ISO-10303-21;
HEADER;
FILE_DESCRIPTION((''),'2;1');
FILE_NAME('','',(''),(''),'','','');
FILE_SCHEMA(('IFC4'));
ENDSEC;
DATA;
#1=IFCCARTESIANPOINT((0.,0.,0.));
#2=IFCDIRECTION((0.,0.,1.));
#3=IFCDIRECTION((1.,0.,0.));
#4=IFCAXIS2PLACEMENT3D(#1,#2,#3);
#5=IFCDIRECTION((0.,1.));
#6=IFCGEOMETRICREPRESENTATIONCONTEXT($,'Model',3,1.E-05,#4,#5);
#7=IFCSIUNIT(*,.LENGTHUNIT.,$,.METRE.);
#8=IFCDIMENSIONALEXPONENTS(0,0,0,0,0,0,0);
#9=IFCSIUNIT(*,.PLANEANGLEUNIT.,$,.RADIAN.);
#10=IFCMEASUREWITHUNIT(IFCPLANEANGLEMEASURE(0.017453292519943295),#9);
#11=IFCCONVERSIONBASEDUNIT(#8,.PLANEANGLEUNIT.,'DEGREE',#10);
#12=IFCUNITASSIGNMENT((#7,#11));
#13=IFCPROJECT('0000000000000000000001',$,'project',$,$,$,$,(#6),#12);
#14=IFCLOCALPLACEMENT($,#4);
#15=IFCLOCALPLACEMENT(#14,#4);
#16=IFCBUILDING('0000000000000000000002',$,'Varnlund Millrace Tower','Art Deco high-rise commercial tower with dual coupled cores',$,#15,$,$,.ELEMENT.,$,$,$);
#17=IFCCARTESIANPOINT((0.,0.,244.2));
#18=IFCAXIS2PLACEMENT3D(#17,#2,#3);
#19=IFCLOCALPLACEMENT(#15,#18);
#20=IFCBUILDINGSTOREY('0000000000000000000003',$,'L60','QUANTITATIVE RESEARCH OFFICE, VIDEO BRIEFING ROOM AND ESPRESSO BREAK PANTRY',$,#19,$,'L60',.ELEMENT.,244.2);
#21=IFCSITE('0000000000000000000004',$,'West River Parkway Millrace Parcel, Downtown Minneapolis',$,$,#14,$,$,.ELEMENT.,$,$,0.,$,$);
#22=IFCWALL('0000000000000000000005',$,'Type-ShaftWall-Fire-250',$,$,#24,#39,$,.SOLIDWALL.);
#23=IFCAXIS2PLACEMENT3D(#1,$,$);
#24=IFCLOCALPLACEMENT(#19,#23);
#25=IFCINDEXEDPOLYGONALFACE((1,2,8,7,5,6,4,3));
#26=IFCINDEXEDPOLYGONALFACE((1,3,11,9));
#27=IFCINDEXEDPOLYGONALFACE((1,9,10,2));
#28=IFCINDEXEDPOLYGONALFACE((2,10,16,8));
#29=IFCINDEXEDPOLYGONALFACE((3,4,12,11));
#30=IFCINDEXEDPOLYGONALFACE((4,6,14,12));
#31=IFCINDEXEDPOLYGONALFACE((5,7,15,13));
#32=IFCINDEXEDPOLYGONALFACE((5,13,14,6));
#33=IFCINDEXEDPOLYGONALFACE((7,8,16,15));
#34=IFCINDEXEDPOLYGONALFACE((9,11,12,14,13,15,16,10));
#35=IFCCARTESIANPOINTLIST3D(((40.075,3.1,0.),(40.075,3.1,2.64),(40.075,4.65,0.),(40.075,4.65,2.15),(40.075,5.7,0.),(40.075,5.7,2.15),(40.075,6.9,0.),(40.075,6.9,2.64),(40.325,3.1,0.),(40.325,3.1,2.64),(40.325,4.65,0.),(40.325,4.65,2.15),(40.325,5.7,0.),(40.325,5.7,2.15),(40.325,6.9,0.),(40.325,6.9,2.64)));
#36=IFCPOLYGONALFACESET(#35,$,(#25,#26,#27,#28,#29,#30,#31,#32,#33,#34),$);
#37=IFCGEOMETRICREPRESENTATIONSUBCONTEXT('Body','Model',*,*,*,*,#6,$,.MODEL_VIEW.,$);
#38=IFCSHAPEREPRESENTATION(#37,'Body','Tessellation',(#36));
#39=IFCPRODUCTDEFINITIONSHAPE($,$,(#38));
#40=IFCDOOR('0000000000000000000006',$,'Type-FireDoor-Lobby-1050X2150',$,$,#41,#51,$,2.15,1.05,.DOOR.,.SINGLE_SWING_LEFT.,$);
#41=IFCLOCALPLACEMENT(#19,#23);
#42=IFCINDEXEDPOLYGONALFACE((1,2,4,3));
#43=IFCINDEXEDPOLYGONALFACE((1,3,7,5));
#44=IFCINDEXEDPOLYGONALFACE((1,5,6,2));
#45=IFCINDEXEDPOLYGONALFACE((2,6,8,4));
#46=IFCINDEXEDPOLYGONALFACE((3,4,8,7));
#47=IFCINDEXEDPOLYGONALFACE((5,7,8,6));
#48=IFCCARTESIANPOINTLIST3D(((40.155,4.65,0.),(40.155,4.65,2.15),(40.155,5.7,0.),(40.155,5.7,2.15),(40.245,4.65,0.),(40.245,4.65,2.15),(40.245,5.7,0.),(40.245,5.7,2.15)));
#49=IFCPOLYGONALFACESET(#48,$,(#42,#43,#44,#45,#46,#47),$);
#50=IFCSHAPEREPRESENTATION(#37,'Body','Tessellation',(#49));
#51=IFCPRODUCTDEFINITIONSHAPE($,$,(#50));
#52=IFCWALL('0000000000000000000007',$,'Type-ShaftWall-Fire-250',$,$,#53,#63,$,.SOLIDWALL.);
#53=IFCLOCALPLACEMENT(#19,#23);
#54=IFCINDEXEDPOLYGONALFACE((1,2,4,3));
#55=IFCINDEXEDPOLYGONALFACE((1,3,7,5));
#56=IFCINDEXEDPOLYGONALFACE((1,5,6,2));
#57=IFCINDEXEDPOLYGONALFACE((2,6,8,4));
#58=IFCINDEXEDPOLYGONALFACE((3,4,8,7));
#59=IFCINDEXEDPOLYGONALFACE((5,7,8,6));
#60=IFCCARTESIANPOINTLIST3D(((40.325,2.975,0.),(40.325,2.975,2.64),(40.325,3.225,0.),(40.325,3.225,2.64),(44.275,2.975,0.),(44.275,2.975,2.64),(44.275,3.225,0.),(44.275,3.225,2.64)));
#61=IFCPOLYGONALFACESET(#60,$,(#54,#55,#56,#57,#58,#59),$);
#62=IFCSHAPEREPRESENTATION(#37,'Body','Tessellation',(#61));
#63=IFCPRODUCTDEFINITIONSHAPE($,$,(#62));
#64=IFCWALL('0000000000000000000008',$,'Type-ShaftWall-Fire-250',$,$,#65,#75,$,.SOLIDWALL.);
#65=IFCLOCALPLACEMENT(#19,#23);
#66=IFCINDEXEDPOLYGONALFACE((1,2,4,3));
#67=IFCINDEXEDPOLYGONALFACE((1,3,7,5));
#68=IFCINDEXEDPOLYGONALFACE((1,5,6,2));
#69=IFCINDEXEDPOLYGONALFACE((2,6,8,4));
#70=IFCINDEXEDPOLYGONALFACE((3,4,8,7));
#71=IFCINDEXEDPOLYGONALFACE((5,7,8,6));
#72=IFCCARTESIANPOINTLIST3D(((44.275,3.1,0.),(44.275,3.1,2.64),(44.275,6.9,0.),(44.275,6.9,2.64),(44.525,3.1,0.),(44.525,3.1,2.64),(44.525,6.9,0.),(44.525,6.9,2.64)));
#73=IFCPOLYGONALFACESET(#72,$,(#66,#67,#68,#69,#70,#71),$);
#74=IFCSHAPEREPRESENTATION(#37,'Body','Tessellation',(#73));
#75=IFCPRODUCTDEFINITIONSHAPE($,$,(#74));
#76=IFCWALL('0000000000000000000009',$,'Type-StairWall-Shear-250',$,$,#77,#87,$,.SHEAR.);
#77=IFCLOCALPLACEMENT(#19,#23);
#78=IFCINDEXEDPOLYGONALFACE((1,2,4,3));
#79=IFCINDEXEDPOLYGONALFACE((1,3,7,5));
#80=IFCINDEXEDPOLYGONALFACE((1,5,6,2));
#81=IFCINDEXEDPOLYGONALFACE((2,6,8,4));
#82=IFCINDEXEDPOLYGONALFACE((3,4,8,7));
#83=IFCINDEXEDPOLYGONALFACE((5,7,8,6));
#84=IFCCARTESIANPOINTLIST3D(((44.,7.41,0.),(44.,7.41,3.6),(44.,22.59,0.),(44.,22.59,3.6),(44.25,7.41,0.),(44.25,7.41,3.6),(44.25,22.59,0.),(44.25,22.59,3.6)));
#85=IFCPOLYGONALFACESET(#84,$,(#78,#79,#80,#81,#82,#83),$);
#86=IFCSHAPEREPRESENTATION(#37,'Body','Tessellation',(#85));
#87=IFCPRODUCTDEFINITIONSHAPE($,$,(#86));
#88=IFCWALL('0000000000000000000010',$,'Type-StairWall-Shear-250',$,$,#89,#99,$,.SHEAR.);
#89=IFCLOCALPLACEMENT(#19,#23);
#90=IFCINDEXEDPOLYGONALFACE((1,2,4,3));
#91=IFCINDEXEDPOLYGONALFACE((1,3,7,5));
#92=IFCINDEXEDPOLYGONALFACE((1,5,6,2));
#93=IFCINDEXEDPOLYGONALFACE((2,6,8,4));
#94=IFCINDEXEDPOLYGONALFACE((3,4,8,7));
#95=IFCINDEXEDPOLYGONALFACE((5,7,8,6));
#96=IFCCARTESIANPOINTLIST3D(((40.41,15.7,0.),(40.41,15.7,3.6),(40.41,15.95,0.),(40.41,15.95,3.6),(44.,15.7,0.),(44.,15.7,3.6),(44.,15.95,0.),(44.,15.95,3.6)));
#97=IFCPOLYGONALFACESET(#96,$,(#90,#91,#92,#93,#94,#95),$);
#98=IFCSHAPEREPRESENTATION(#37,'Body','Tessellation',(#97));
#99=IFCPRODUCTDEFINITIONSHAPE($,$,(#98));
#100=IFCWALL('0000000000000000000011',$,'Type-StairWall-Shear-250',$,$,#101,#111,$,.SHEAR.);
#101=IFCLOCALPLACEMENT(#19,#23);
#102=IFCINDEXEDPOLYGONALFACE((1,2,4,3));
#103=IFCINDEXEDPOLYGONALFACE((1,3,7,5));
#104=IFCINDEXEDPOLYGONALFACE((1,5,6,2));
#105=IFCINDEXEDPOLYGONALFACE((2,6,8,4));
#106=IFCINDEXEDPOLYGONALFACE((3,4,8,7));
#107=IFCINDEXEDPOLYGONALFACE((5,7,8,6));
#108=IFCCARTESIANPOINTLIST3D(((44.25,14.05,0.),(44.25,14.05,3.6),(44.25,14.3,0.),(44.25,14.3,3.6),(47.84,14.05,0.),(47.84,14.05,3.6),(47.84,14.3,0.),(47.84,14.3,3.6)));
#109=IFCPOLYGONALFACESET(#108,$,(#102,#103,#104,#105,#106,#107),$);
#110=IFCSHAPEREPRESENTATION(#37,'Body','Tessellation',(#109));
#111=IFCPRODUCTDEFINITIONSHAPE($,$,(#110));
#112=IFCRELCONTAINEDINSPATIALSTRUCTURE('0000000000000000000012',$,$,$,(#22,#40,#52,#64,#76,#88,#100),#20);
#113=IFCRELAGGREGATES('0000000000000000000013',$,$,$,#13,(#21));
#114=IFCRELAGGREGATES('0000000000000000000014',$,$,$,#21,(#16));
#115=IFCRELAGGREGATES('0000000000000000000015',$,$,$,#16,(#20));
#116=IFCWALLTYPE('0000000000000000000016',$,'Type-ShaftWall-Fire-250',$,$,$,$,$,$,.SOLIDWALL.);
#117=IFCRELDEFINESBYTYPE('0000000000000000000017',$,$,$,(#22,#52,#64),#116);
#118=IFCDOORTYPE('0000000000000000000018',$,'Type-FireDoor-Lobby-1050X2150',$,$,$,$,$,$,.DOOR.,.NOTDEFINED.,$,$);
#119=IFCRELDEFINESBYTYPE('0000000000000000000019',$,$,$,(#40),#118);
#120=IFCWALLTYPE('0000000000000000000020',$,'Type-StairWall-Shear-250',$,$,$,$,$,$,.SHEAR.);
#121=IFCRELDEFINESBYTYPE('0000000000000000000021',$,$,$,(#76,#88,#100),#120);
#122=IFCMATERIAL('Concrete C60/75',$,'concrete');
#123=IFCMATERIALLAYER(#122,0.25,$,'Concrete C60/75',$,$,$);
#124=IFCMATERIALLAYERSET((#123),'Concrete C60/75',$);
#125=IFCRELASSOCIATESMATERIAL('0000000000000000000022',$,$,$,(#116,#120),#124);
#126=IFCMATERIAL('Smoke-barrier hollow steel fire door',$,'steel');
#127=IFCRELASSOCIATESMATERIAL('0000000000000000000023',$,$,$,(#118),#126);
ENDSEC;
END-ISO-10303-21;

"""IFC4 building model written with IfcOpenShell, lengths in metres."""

from ifc_helpers import new_model, entity, si_unit, converted_unit, direction, frame, origin_with_axes, origin_2d_with_axis, place, context, subcontext, project, spatial, polyline, rectangle, outline, extrude, material, layer, layer_set, type_object, element, fill, save


model = new_model("IFC4")

# Units and contexts
model_context = context("Model", 3, precision=1e-05, world=origin_with_axes(), true_north=direction((0.0, 1.0)))
body_context = subcontext(model_context, "Body", "Model", "MODEL_VIEW")
ifc_project = project(units=[si_unit("LENGTHUNIT", "METRE"), converted_unit("PLANEANGLEUNIT", "DEGREE", entity("IfcPlaneAngleMeasure", 0.017453292519943295), si_unit("PLANEANGLEUNIT", "RADIAN"), dimensions=[0, 0, 0, 0, 0, 0, 0])], contexts=[model_context])

# Site, building, storey
site_placement = place(None, origin_with_axes())
site = spatial("IfcSite", under=ifc_project, at=site_placement, Name="West River Parkway Millrace Parcel, Downtown Minneapolis", CompositionType="ELEMENT", RefElevation=0.0)
building_placement = place(site_placement, origin_with_axes())
building = spatial("IfcBuilding", under=site, at=building_placement, Name="Varnlund Millrace Tower", Description="Art Deco high-rise commercial tower with dual coupled cores", CompositionType="ELEMENT")
storey_placement = place(building_placement, frame((0.0, 0.0, 244.2), z_axis=(0.0, 0.0, 1.0), x_axis=(1.0, 0.0, 0.0)))
storey = spatial("IfcBuildingStorey", under=building, at=storey_placement, Name="L60", Description="QUANTITATIVE RESEARCH OFFICE, VIDEO BRIEFING ROOM AND ESPRESSO BREAK PANTRY", LongName="L60", CompositionType="ELEMENT", Elevation=244.2)

# Shared definitions
ifc_material_1 = material(Name="Concrete C60/75", Category="concrete")

# Shared definitions
ifc_layer_1 = layer(ifc_material_1, 0.25, Name="Concrete C60/75")
ifc_layer_set_1 = layer_set([ifc_layer_1], Name="Concrete C60/75")
wall_type_1 = type_object("IfcWallType", Name="Type-ShaftWall-Fire-250", PredefinedType="SOLIDWALL", material=ifc_layer_set_1)

# Wall, opening, door
wall_1_placement = place(storey_placement, frame((40.2, 3.1, 0.0), z_axis=(0.0, 0.0, 1.0), x_axis=(0.0, 1.0, 0.0)))
wall_1 = element("IfcWall", 1, at=wall_1_placement, inside=storey, type_object=wall_type_1, Name="Type-ShaftWall-Fire-250", PredefinedType="SOLIDWALL", context=body_context, shape_type="SweptSolid", body=[
    extrude(outline(polyline([(0.0, -0.125), (3.8, -0.125), (3.8, 0.125), (0.0, 0.125), (0.0, -0.125)])), origin_with_axes(), (0.0, 0.0, 1.0), 2.64),
])
opening_1_placement = place(wall_1_placement, frame((2.075, 0.0, 0.0), z_axis=(0.0, 0.0, 1.0), x_axis=(1.0, 0.0, 0.0)))
opening_1 = element("IfcOpeningElement", 2, at=opening_1_placement, cuts=wall_1, PredefinedType="OPENING", context=body_context, shape_type="SweptSolid", body=[
    extrude(rectangle(XDim=1.05, YDim=0.27, at=origin_2d_with_axis()), origin_with_axes(), (0.0, 0.0, 1.0), 2.15),
])
ifc_material_2 = material(Name="Smoke-barrier hollow steel fire door", Category="steel")
door_type_1 = type_object("IfcDoorType", Name="Type-FireDoor-Lobby-1050X2150", OperationType="NOTDEFINED", PredefinedType="DOOR", material=ifc_material_2)
door_1_placement = place(wall_1_placement, frame((2.075, 0.0, 0.0), z_axis=(0.0, 0.0, 1.0), x_axis=(1.0, 0.0, 0.0)))
door_1 = element("IfcDoor", 3, at=door_1_placement, inside=storey, type_object=door_type_1, Name="Type-FireDoor-Lobby-1050X2150", OperationType="SINGLE_SWING_LEFT", OverallHeight=2.15, OverallWidth=1.05, PredefinedType="DOOR", context=body_context, shape_type="SweptSolid", body=[
    extrude(rectangle(XDim=1.05, YDim=0.09, at=origin_2d_with_axis()), origin_with_axes(), (0.0, 0.0, 1.0), 2.15),
])
fill(opening_1, door_1)

# Walls
wall_2_placement = place(storey_placement, frame((40.325, 3.1, 0.0), z_axis=(0.0, 0.0, 1.0), x_axis=(1.0, 0.0, 0.0)))
element("IfcWall", 4, at=wall_2_placement, inside=storey, type_object=wall_type_1, Name="Type-ShaftWall-Fire-250", PredefinedType="SOLIDWALL", context=body_context, shape_type="SweptSolid", body=[
    extrude(outline(polyline([(0.0, -0.125), (3.95, -0.125), (3.95, 0.125), (0.0, 0.125), (0.0, -0.125)])), origin_with_axes(), (0.0, 0.0, 1.0), 2.64),
])
wall_3_placement = place(storey_placement, frame((44.4, 3.1, 0.0), z_axis=(0.0, 0.0, 1.0), x_axis=(0.0, 1.0, 0.0)))
element("IfcWall", 5, at=wall_3_placement, inside=storey, type_object=wall_type_1, Name="Type-ShaftWall-Fire-250", PredefinedType="SOLIDWALL", context=body_context, shape_type="SweptSolid", body=[
    extrude(outline(polyline([(0.0, -0.125), (3.8, -0.125), (3.8, 0.125), (0.0, 0.125), (0.0, -0.125)])), origin_with_axes(), (0.0, 0.0, 1.0), 2.64),
])
wall_type_2 = type_object("IfcWallType", Name="Type-StairWall-Shear-250", PredefinedType="SHEAR", material=ifc_layer_set_1)
wall_4_placement = place(storey_placement, frame((44.125, 7.41, 0.0), z_axis=(0.0, 0.0, 1.0), x_axis=(0.0, 1.0, 0.0)))
element("IfcWall", 6, at=wall_4_placement, inside=storey, type_object=wall_type_2, Name="Type-StairWall-Shear-250", PredefinedType="SHEAR", context=body_context, shape_type="SweptSolid", body=[
    extrude(outline(polyline([(0.0, -0.125), (15.18, -0.125), (15.18, 0.125), (0.0, 0.125), (0.0, -0.125)])), origin_with_axes(), (0.0, 0.0, 1.0), 3.6),
])
for number, where, z_axis, x_axis, name in (
    (7, (40.41, 15.825, 0.0), (0.0, 0.0, 1.0), (1.0, 0.0, 0.0), "Type-StairWall-Shear-250"),
    (8, (44.25, 14.175, 0.0), (0.0, 0.0, 1.0), (1.0, 0.0, 0.0), "Type-StairWall-Shear-250"),
):
    element("IfcWall", number, at=place(storey_placement, frame(where, z_axis=z_axis, x_axis=x_axis)), inside=storey, type_object=wall_type_2, Name=name, PredefinedType="SHEAR", context=body_context, shape_type="SweptSolid", body=[
        extrude(outline(polyline([(0.0, -0.125), (3.59, -0.125), (3.59, 0.125), (0.0, 0.125), (0.0, -0.125)])), origin_with_axes(), (0.0, 0.0, 1.0), 3.6),
    ])

save(model, "model.ifc")
